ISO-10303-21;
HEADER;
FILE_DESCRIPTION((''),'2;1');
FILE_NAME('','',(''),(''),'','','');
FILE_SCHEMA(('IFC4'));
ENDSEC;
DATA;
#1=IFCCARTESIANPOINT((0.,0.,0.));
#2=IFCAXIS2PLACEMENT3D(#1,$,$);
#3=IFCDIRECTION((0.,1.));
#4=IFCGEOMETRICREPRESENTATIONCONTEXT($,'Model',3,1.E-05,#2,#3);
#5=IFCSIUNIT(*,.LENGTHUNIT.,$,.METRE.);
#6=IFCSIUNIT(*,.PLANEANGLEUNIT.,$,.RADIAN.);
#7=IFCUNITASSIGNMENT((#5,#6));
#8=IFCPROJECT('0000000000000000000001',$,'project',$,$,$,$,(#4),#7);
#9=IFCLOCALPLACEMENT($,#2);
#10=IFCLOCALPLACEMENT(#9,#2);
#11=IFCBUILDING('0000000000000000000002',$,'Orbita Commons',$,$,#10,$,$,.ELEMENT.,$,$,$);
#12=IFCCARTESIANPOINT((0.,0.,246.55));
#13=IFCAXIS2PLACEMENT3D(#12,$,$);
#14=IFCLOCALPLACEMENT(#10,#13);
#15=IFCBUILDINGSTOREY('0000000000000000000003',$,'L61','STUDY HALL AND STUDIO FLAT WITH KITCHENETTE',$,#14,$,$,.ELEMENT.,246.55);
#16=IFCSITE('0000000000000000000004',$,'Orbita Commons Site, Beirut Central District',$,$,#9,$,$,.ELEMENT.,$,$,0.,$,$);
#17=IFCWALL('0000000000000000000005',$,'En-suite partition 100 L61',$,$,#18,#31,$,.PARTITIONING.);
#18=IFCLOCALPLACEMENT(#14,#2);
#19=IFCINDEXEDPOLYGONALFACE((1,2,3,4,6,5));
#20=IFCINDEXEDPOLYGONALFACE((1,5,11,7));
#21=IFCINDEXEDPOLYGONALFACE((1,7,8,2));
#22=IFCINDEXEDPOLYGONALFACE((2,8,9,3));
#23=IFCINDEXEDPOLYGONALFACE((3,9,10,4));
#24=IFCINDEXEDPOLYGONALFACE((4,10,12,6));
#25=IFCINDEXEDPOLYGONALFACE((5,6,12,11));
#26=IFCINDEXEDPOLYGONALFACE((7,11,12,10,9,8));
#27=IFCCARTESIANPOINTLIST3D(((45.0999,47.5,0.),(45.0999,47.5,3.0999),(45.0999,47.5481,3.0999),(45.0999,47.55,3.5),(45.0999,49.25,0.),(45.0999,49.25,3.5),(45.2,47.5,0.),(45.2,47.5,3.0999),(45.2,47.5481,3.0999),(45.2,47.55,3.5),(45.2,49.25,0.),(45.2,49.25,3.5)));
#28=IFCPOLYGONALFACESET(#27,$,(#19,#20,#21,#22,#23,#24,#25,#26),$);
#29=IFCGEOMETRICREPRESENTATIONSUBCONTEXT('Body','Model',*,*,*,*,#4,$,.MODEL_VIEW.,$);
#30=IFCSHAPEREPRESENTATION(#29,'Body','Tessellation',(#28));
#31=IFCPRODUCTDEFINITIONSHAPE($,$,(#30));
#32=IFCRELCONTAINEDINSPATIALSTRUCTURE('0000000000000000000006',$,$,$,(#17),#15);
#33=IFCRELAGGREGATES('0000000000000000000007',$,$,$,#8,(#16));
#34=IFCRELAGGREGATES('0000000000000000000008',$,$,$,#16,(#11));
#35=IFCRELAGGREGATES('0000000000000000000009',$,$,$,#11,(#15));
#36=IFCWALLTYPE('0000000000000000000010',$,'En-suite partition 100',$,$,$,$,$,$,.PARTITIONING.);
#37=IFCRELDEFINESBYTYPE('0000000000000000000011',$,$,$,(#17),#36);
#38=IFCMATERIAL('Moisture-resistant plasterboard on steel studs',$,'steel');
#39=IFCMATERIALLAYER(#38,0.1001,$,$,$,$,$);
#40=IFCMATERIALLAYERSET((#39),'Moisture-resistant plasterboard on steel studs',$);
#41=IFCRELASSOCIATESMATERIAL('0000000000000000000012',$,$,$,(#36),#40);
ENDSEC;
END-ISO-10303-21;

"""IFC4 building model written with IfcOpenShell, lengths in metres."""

from ifc_helpers import new_model, si_unit, direction, frame, origin, place, context, subcontext, project, spatial, polyline, outline, extrude, material, layer, layer_set, type_object, element, save


model = new_model("IFC4")

# Units and contexts
model_context = context("Model", 3, precision=1e-05, world=origin(), true_north=direction((0.0, 1.0)))
body_context = subcontext(model_context, "Body", "Model", "MODEL_VIEW")
ifc_project = project(units=[si_unit("LENGTHUNIT", "METRE"), si_unit("PLANEANGLEUNIT", "RADIAN")], contexts=[model_context])

# Site, building, storey
site_placement = place(None, origin())
site = spatial("IfcSite", under=ifc_project, at=site_placement, Name="Orbita Commons Site, Beirut Central District", CompositionType="ELEMENT", RefElevation=0.0)
building_placement = place(site_placement, origin())
building = spatial("IfcBuilding", under=site, at=building_placement, Name="Orbita Commons", CompositionType="ELEMENT")
storey_placement = place(building_placement, frame((0.0, 0.0, 246.55)))
storey = spatial("IfcBuildingStorey", under=building, at=storey_placement, Name="L61", Description="STUDY HALL AND STUDIO FLAT WITH KITCHENETTE", CompositionType="ELEMENT", Elevation=246.55)

# Shared definitions
ifc_material_1 = material(Name="Moisture-resistant plasterboard on steel studs", Category="steel")
ifc_layer_1 = layer(ifc_material_1, 0.1001)
ifc_layer_set_1 = layer_set([ifc_layer_1], Name="Moisture-resistant plasterboard on steel studs")
wall_type_1 = type_object("IfcWallType", Name="En-suite partition 100", PredefinedType="PARTITIONING", material=ifc_layer_set_1)

# Wall
wall_1_placement = place(storey_placement, frame((45.1499, 49.25, 0.0), z_axis=(0.0, 0.0, 1.0), x_axis=(0.0, -1.0, 0.0)))
element("IfcWall", 1, at=wall_1_placement, inside=storey, type_object=wall_type_1, Name="En-suite partition 100 L61", PredefinedType="PARTITIONING", context=body_context, shape_type="SweptSolid", body=[
    extrude(outline(polyline([(0.0, 0.0), (1.75, 0.0), (1.75, 3.0999), (1.7019, 3.0999), (1.7, 3.5), (0.0, 3.5), (0.0, 0.0)])), frame((0.0, 0.05, 0.0), z_axis=(0.0, -1.0, 0.0), x_axis=(1.0, 0.0, 0.0)), (0.0, 0.0, 1.0), 0.1001),
])

save(model, "model.ifc")
